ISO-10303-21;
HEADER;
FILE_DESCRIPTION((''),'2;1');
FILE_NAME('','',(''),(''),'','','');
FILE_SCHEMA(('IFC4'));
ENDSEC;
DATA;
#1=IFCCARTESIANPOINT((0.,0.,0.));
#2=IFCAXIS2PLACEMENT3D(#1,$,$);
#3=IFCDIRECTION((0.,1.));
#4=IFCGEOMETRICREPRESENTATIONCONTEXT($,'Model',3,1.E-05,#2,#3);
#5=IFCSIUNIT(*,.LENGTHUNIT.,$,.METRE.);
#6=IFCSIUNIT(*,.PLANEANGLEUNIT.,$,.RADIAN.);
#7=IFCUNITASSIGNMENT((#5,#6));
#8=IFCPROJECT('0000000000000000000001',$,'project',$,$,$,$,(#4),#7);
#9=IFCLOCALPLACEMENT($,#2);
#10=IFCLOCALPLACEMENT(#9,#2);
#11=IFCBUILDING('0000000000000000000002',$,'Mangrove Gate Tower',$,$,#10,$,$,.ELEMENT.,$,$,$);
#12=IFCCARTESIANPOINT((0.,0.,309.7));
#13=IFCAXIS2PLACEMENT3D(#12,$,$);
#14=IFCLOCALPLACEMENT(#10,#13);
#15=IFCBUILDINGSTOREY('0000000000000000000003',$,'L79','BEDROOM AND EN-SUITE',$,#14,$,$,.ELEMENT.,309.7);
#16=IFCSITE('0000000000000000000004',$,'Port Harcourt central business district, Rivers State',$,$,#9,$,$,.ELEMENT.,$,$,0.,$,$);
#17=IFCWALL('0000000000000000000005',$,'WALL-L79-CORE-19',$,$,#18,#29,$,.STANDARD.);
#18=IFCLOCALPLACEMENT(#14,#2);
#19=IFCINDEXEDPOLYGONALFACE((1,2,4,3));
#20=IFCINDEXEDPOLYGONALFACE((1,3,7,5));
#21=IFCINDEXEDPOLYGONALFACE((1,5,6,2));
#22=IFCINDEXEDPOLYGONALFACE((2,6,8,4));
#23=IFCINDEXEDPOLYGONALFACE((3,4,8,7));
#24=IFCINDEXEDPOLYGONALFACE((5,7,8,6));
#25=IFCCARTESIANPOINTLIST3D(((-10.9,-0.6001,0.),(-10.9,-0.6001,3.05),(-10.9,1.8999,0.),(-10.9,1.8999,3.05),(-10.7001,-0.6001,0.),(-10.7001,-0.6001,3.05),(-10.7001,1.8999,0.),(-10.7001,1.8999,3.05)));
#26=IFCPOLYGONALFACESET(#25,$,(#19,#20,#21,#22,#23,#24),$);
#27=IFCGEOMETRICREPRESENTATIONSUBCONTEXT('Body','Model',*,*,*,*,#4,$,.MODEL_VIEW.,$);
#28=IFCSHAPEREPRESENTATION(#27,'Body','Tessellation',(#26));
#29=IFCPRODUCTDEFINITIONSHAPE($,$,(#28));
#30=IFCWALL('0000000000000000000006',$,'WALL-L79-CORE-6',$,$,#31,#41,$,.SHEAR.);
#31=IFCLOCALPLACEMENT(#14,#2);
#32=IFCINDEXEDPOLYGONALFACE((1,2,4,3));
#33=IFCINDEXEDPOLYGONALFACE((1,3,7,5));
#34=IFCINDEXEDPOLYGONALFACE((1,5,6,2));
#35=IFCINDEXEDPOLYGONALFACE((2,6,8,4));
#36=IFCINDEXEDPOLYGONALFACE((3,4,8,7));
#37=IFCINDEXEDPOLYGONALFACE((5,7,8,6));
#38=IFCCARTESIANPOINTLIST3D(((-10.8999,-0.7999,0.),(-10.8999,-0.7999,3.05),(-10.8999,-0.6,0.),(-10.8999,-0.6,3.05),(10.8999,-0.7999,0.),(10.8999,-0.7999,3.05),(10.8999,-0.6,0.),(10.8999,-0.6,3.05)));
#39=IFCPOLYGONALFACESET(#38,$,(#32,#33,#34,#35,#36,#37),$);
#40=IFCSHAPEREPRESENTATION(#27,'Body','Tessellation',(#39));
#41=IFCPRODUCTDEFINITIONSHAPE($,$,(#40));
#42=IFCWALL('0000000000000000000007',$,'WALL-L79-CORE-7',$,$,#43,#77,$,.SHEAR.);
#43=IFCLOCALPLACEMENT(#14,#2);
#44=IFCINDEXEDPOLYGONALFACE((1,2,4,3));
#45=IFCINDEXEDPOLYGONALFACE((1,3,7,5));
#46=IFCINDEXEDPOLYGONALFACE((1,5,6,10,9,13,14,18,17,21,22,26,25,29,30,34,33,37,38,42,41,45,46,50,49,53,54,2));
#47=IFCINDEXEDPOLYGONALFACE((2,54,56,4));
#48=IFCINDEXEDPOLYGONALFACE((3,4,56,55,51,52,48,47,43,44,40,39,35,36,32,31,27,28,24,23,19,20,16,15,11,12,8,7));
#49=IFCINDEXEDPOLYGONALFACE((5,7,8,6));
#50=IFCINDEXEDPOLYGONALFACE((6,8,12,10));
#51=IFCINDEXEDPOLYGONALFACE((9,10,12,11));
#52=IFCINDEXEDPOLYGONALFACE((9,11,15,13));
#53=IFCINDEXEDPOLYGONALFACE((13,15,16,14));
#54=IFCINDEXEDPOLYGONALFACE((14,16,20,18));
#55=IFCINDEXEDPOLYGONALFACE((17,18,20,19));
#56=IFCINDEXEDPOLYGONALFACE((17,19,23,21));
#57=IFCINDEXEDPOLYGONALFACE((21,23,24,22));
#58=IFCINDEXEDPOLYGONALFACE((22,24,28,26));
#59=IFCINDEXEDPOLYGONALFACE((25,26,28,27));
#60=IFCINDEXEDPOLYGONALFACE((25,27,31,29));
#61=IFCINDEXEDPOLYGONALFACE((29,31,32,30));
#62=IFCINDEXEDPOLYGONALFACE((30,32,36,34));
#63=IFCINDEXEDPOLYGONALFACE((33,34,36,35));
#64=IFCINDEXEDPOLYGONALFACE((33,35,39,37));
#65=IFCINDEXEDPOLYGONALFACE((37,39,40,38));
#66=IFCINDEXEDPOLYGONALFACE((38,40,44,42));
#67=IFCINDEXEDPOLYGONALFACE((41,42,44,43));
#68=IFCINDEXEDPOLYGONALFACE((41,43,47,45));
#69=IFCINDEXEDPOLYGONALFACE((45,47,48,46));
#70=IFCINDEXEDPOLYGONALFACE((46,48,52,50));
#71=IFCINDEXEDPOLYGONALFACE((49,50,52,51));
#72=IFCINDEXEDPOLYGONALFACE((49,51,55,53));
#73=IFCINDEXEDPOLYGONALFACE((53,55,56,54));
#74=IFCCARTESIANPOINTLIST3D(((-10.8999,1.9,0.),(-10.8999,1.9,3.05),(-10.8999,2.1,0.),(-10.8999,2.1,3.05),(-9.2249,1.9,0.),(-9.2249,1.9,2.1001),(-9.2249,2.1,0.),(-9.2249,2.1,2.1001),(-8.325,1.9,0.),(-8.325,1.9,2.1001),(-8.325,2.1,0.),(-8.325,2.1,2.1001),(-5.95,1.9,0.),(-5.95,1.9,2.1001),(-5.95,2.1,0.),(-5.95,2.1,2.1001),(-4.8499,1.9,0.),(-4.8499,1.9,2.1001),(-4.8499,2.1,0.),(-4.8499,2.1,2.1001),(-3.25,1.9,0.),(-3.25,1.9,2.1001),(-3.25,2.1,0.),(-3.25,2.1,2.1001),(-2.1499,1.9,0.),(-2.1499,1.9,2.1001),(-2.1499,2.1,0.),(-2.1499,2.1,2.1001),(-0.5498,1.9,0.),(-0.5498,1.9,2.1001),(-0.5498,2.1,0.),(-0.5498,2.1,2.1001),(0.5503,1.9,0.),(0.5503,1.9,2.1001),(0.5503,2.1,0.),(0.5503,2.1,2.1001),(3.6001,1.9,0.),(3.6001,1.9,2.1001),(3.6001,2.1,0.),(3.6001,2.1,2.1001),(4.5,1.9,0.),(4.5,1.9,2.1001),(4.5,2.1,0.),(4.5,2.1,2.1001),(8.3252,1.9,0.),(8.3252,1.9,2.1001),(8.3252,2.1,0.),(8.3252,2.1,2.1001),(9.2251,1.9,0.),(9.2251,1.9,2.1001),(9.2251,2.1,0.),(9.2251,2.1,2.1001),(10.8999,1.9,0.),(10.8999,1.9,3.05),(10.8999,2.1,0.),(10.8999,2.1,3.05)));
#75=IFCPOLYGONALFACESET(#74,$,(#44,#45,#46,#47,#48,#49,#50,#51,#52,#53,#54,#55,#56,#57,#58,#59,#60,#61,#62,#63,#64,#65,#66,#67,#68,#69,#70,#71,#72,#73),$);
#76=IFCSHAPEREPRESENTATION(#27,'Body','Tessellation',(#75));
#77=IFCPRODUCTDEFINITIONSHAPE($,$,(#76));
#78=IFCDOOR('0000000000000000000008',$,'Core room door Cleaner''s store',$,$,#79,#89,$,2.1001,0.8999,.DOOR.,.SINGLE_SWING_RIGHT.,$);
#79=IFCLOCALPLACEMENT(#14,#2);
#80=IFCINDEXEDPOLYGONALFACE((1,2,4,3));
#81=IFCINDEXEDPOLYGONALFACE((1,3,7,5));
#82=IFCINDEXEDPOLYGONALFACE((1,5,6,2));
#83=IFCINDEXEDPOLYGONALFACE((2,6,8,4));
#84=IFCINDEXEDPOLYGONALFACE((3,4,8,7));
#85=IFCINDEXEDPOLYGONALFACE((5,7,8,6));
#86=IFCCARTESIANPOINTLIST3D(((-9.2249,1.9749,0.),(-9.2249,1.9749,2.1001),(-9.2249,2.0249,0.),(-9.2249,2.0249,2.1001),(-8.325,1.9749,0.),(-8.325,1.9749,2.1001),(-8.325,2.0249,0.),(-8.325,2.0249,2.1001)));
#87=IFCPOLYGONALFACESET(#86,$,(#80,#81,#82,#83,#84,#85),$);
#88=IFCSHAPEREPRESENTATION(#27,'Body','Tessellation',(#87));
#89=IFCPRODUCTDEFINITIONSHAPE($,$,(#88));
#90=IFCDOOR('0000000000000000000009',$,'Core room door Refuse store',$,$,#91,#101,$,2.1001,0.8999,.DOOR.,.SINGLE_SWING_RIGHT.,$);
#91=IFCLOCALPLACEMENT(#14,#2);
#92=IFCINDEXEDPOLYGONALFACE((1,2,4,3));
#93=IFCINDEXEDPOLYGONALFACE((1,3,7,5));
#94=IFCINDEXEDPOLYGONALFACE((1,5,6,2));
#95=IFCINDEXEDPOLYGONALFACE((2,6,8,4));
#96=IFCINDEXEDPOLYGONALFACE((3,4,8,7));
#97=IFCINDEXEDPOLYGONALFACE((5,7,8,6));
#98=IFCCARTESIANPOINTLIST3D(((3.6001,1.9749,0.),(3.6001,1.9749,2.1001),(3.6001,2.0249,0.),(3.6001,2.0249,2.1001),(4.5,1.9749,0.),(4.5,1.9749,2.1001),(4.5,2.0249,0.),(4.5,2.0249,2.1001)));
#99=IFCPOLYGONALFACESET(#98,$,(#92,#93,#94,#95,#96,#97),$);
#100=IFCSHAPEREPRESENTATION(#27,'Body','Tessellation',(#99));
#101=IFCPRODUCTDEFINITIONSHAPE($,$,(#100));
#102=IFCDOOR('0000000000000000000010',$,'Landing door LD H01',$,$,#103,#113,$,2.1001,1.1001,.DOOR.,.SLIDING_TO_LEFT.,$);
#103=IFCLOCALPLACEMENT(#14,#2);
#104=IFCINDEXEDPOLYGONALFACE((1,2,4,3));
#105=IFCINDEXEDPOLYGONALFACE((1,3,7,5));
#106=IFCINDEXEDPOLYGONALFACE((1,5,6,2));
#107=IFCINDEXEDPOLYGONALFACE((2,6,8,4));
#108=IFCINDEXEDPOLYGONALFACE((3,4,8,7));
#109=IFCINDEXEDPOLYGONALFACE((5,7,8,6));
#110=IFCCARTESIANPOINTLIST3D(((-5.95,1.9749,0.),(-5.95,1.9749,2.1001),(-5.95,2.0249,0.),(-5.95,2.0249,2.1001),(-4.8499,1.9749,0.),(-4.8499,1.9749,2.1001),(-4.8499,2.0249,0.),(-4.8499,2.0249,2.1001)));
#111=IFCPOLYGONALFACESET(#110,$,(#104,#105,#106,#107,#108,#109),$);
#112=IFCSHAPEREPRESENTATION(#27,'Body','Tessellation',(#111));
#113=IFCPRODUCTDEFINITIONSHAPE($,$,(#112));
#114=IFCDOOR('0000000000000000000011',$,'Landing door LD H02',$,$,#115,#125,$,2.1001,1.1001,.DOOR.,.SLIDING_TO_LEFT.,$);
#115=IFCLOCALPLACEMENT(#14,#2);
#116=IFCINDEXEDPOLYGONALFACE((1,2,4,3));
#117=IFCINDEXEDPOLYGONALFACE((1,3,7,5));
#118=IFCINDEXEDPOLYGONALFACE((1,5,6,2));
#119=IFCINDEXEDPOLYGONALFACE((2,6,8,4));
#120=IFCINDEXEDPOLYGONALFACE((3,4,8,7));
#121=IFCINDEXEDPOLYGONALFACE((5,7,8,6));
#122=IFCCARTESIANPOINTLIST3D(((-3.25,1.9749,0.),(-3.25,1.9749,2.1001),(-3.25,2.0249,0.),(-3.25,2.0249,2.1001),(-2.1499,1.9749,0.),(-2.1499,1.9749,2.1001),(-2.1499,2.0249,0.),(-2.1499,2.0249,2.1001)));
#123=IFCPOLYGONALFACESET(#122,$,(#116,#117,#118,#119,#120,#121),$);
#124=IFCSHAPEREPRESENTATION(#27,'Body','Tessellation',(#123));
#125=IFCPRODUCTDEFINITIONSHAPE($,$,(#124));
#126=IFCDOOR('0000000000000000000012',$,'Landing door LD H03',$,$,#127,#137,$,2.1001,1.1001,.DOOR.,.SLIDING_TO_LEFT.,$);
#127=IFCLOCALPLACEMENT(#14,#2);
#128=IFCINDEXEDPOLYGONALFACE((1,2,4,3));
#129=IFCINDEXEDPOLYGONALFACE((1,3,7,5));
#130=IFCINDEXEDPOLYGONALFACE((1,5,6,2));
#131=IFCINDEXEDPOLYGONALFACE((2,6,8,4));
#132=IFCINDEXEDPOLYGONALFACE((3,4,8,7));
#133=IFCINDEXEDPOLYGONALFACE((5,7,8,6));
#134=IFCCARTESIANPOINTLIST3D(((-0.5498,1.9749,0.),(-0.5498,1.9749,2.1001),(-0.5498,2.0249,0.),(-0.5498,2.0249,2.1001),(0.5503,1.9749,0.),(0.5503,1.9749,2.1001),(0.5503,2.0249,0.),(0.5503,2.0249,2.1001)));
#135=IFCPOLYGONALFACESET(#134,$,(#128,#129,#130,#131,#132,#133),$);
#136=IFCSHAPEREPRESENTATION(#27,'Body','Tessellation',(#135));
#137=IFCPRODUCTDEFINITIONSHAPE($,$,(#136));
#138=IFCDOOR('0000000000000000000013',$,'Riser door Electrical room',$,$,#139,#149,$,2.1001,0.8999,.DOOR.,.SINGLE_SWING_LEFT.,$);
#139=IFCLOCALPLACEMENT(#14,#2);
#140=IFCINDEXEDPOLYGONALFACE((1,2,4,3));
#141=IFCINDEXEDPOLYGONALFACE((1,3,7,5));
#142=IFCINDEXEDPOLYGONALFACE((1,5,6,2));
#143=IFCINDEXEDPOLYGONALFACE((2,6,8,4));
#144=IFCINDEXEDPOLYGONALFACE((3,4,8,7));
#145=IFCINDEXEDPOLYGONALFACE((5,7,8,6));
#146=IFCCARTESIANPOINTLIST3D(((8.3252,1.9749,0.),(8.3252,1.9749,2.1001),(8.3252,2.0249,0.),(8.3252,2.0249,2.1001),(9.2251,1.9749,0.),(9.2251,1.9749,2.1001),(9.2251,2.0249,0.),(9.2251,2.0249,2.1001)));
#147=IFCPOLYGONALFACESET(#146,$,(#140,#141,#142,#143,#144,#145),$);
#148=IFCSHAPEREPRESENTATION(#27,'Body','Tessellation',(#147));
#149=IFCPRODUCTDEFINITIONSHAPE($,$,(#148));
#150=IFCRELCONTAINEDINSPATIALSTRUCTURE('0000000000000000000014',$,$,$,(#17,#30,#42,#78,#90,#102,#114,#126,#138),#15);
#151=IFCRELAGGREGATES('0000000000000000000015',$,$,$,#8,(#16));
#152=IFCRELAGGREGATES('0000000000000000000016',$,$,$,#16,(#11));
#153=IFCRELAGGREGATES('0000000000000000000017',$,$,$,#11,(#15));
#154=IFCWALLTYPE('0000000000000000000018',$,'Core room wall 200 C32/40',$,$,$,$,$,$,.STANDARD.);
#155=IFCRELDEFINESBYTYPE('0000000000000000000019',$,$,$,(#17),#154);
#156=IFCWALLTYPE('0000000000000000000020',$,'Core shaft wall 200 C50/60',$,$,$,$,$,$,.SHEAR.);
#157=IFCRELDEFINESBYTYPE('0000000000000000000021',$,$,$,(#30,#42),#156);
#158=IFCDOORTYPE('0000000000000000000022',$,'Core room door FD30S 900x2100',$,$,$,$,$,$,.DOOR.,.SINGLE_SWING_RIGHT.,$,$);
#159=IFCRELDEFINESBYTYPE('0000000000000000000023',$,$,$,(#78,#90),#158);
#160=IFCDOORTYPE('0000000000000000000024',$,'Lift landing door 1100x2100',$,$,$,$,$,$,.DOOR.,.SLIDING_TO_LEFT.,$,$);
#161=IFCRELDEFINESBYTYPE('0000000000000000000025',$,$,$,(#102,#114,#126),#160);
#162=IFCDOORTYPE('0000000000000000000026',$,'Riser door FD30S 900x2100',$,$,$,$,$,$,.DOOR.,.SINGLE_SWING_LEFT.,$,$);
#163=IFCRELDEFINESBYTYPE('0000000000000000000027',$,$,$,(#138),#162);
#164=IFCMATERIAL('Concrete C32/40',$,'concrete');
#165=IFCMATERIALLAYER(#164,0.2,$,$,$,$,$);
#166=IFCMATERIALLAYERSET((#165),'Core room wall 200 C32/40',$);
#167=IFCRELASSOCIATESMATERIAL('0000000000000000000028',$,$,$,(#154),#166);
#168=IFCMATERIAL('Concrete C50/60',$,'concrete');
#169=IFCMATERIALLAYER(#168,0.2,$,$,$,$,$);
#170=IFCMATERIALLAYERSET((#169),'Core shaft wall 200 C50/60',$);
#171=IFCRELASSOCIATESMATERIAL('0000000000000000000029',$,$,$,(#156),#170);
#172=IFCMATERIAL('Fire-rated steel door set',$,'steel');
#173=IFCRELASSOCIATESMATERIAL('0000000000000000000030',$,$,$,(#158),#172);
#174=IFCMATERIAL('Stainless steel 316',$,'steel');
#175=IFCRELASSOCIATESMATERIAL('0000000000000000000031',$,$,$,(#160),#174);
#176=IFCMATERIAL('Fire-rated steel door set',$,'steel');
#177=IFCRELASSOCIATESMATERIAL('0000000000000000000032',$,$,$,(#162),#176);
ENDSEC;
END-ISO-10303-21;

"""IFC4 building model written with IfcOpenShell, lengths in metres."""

from ifc_helpers import new_model, si_unit, direction, frame, frame_2d, origin, place, context, subcontext, project, spatial, rectangle, extrude, material, layer, layer_set, type_object, element, fill, save


model = new_model("IFC4")

# Units and contexts
model_context = context("Model", 3, precision=1e-05, world=origin(), true_north=direction((0.0, 1.0)))
body_context = subcontext(model_context, "Body", "Model", "MODEL_VIEW")
ifc_project = project(units=[si_unit("LENGTHUNIT", "METRE"), si_unit("PLANEANGLEUNIT", "RADIAN")], contexts=[model_context])

# Site, building, storey
site_placement = place(None, origin())
site = spatial("IfcSite", under=ifc_project, at=site_placement, Name="Port Harcourt central business district, Rivers State", CompositionType="ELEMENT", RefElevation=0.0)
building_placement = place(site_placement, origin())
building = spatial("IfcBuilding", under=site, at=building_placement, Name="Mangrove Gate Tower", CompositionType="ELEMENT")
storey_placement = place(building_placement, frame((0.0, 0.0, 309.7)))
storey = spatial("IfcBuildingStorey", under=building, at=storey_placement, Name="L79", Description="BEDROOM AND EN-SUITE", CompositionType="ELEMENT", Elevation=309.7)

# Walls
ifc_material_1 = material(Name="Concrete C32/40", Category="concrete")
ifc_layer_1 = layer(ifc_material_1, 0.2)
ifc_layer_set_1 = layer_set([ifc_layer_1], Name="Core room wall 200 C32/40")
wall_type_1 = type_object("IfcWallType", Name="Core room wall 200 C32/40", PredefinedType="STANDARD", material=ifc_layer_set_1)
wall_1_placement = place(storey_placement, frame((-10.8, -0.6001, 0.0), z_axis=(0.0, 0.0, 1.0), x_axis=(0.0, 1.0, 0.0)))
element("IfcWall", 1, at=wall_1_placement, inside=storey, type_object=wall_type_1, Name="WALL-L79-CORE-19", PredefinedType="STANDARD", context=body_context, shape_type="SweptSolid", body=[
    extrude(rectangle(XDim=2.5, YDim=0.2, at=frame_2d((1.25, 0.0))), origin(), (0.0, 0.0, 1.0), 3.05),
])
ifc_material_2 = material(Name="Concrete C50/60", Category="concrete")
ifc_layer_2 = layer(ifc_material_2, 0.2)
ifc_layer_set_2 = layer_set([ifc_layer_2], Name="Core shaft wall 200 C50/60")
wall_type_2 = type_object("IfcWallType", Name="Core shaft wall 200 C50/60", PredefinedType="SHEAR", material=ifc_layer_set_2)
wall_2_placement = place(storey_placement, frame((-10.8999, -0.7, 0.0), z_axis=(0.0, 0.0, 1.0), x_axis=(1.0, 0.0, 0.0)))
element("IfcWall", 2, at=wall_2_placement, inside=storey, type_object=wall_type_2, Name="WALL-L79-CORE-6", PredefinedType="SHEAR", context=body_context, shape_type="SweptSolid", body=[
    extrude(rectangle(XDim=21.7998, YDim=0.2, at=frame_2d((10.8999, 0.0))), origin(), (0.0, 0.0, 1.0), 3.05),
])

# Wall, openings, doors
wall_3_placement = place(storey_placement, frame((-10.8999, 2.0, 0.0), z_axis=(0.0, 0.0, 1.0), x_axis=(1.0, 0.0, 0.0)))
wall_3 = element("IfcWall", 3, at=wall_3_placement, inside=storey, type_object=wall_type_2, Name="WALL-L79-CORE-7", PredefinedType="SHEAR", context=body_context, shape_type="SweptSolid", body=[
    extrude(rectangle(XDim=21.7998, YDim=0.2, at=frame_2d((10.8999, 0.0))), origin(), (0.0, 0.0, 1.0), 3.05),
])
opening_1_placement = place(wall_3_placement, frame((4.95, 0.0, 0.0)))
opening_1 = element("IfcOpeningElement", 4, at=opening_1_placement, cuts=wall_3, PredefinedType="OPENING", context=body_context, shape_type="SweptSolid", body=[
    extrude(rectangle(XDim=1.1001, YDim=2.1001, at=frame_2d((0.55, 1.05))), frame((0.0, 0.1099, 0.0), z_axis=(0.0, -1.0, 0.0), x_axis=(1.0, 0.0, 0.0)), (0.0, 0.0, 1.0), 0.22),
])
opening_2_placement = place(wall_3_placement, frame((7.6499, 0.0, 0.0)))
opening_2 = element("IfcOpeningElement", 5, at=opening_2_placement, cuts=wall_3, PredefinedType="OPENING", context=body_context, shape_type="SweptSolid", body=[
    extrude(rectangle(XDim=1.1001, YDim=2.1001, at=frame_2d((0.55, 1.05))), frame((0.0, 0.1099, 0.0), z_axis=(0.0, -1.0, 0.0), x_axis=(1.0, 0.0, 0.0)), (0.0, 0.0, 1.0), 0.22),
])
opening_3_placement = place(wall_3_placement, frame((10.3501, 0.0, 0.0)))
opening_3 = element("IfcOpeningElement", 6, at=opening_3_placement, cuts=wall_3, PredefinedType="OPENING", context=body_context, shape_type="SweptSolid", body=[
    extrude(rectangle(XDim=1.1001, YDim=2.1001, at=frame_2d((0.55, 1.05))), frame((0.0, 0.1099, 0.0), z_axis=(0.0, -1.0, 0.0), x_axis=(1.0, 0.0, 0.0)), (0.0, 0.0, 1.0), 0.22),
])
opening_4_placement = place(wall_3_placement, frame((1.675, 0.0, 0.0)))
opening_4 = element("IfcOpeningElement", 7, at=opening_4_placement, cuts=wall_3, PredefinedType="OPENING", context=body_context, shape_type="SweptSolid", body=[
    extrude(rectangle(XDim=0.8999, YDim=2.1001, at=frame_2d((0.45, 1.05))), frame((0.0, 0.1099, 0.0), z_axis=(0.0, -1.0, 0.0), x_axis=(1.0, 0.0, 0.0)), (0.0, 0.0, 1.0), 0.22),
])
opening_5_placement = place(wall_3_placement, frame((14.5, 0.0, 0.0)))
opening_5 = element("IfcOpeningElement", 8, at=opening_5_placement, cuts=wall_3, PredefinedType="OPENING", context=body_context, shape_type="SweptSolid", body=[
    extrude(rectangle(XDim=0.8999, YDim=2.1001, at=frame_2d((0.45, 1.05))), frame((0.0, 0.1099, 0.0), z_axis=(0.0, -1.0, 0.0), x_axis=(1.0, 0.0, 0.0)), (0.0, 0.0, 1.0), 0.22),
])
opening_6_placement = place(wall_3_placement, frame((19.2251, 0.0, 0.0)))
opening_6 = element("IfcOpeningElement", 9, at=opening_6_placement, cuts=wall_3, PredefinedType="OPENING", context=body_context, shape_type="SweptSolid", body=[
    extrude(rectangle(XDim=0.8999, YDim=2.1001, at=frame_2d((0.45, 1.05))), frame((0.0, 0.1099, 0.0), z_axis=(0.0, -1.0, 0.0), x_axis=(1.0, 0.0, 0.0)), (0.0, 0.0, 1.0), 0.22),
])
ifc_material_3 = material(Name="Fire-rated steel door set", Category="steel")
door_type_1 = type_object("IfcDoorType", Name="Core room door FD30S 900x2100", OperationType="SINGLE_SWING_RIGHT", PredefinedType="DOOR", material=ifc_material_3)
door_1_placement = place(opening_4_placement, origin())
door_1 = element("IfcDoor", 10, at=door_1_placement, inside=storey, type_object=door_type_1, Name="Core room door Cleaner's store", OperationType="SINGLE_SWING_RIGHT", OverallHeight=2.1001, OverallWidth=0.8999, PredefinedType="DOOR", context=body_context, shape_type="SweptSolid", body=[
    extrude(rectangle(XDim=0.8999, YDim=2.1001, at=frame_2d((0.45, 1.05))), frame((0.0, 0.0249, 0.0), z_axis=(0.0, -1.0, 0.0), x_axis=(1.0, 0.0, 0.0)), (0.0, 0.0, 1.0), 0.05),
])
fill(opening_4, door_1)
door_2_placement = place(opening_5_placement, origin())
door_2 = element("IfcDoor", 11, at=door_2_placement, inside=storey, type_object=door_type_1, Name="Core room door Refuse store", OperationType="SINGLE_SWING_RIGHT", OverallHeight=2.1001, OverallWidth=0.8999, PredefinedType="DOOR", context=body_context, shape_type="SweptSolid", body=[
    extrude(rectangle(XDim=0.8999, YDim=2.1001, at=frame_2d((0.45, 1.05))), frame((0.0, 0.0249, 0.0), z_axis=(0.0, -1.0, 0.0), x_axis=(1.0, 0.0, 0.0)), (0.0, 0.0, 1.0), 0.05),
])
fill(opening_5, door_2)
ifc_material_4 = material(Name="Stainless steel 316", Category="steel")
door_type_2 = type_object("IfcDoorType", Name="Lift landing door 1100x2100", OperationType="SLIDING_TO_LEFT", PredefinedType="DOOR", material=ifc_material_4)
door_3_placement = place(opening_1_placement, origin())
door_3 = element("IfcDoor", 12, at=door_3_placement, inside=storey, type_object=door_type_2, Name="Landing door LD H01", OperationType="SLIDING_TO_LEFT", OverallHeight=2.1001, OverallWidth=1.1001, PredefinedType="DOOR", context=body_context, shape_type="SweptSolid", body=[
    extrude(rectangle(XDim=1.1001, YDim=2.1001, at=frame_2d((0.55, 1.05))), frame((0.0, 0.0249, 0.0), z_axis=(0.0, -1.0, 0.0), x_axis=(1.0, 0.0, 0.0)), (0.0, 0.0, 1.0), 0.05),
])
fill(opening_1, door_3)
door_4_placement = place(opening_2_placement, origin())
door_4 = element("IfcDoor", 13, at=door_4_placement, inside=storey, type_object=door_type_2, Name="Landing door LD H02", OperationType="SLIDING_TO_LEFT", OverallHeight=2.1001, OverallWidth=1.1001, PredefinedType="DOOR", context=body_context, shape_type="SweptSolid", body=[
    extrude(rectangle(XDim=1.1001, YDim=2.1001, at=frame_2d((0.55, 1.05))), frame((0.0, 0.0249, 0.0), z_axis=(0.0, -1.0, 0.0), x_axis=(1.0, 0.0, 0.0)), (0.0, 0.0, 1.0), 0.05),
])
fill(opening_2, door_4)
door_5_placement = place(opening_3_placement, origin())
door_5 = element("IfcDoor", 14, at=door_5_placement, inside=storey, type_object=door_type_2, Name="Landing door LD H03", OperationType="SLIDING_TO_LEFT", OverallHeight=2.1001, OverallWidth=1.1001, PredefinedType="DOOR", context=body_context, shape_type="SweptSolid", body=[
    extrude(rectangle(XDim=1.1001, YDim=2.1001, at=frame_2d((0.55, 1.05))), frame((0.0, 0.0249, 0.0), z_axis=(0.0, -1.0, 0.0), x_axis=(1.0, 0.0, 0.0)), (0.0, 0.0, 1.0), 0.05),
])
fill(opening_3, door_5)
ifc_material_5 = material(Name="Fire-rated steel door set", Category="steel")
door_type_3 = type_object("IfcDoorType", Name="Riser door FD30S 900x2100", OperationType="SINGLE_SWING_LEFT", PredefinedType="DOOR", material=ifc_material_5)
door_6_placement = place(opening_6_placement, origin())
door_6 = element("IfcDoor", 15, at=door_6_placement, inside=storey, type_object=door_type_3, Name="Riser door Electrical room", OperationType="SINGLE_SWING_LEFT", OverallHeight=2.1001, OverallWidth=0.8999, PredefinedType="DOOR", context=body_context, shape_type="SweptSolid", body=[
    extrude(rectangle(XDim=0.8999, YDim=2.1001, at=frame_2d((0.45, 1.05))), frame((0.0, 0.0249, 0.0), z_axis=(0.0, -1.0, 0.0), x_axis=(1.0, 0.0, 0.0)), (0.0, 0.0, 1.0), 0.05),
])
fill(opening_6, door_6)

save(model, "model.ifc")
